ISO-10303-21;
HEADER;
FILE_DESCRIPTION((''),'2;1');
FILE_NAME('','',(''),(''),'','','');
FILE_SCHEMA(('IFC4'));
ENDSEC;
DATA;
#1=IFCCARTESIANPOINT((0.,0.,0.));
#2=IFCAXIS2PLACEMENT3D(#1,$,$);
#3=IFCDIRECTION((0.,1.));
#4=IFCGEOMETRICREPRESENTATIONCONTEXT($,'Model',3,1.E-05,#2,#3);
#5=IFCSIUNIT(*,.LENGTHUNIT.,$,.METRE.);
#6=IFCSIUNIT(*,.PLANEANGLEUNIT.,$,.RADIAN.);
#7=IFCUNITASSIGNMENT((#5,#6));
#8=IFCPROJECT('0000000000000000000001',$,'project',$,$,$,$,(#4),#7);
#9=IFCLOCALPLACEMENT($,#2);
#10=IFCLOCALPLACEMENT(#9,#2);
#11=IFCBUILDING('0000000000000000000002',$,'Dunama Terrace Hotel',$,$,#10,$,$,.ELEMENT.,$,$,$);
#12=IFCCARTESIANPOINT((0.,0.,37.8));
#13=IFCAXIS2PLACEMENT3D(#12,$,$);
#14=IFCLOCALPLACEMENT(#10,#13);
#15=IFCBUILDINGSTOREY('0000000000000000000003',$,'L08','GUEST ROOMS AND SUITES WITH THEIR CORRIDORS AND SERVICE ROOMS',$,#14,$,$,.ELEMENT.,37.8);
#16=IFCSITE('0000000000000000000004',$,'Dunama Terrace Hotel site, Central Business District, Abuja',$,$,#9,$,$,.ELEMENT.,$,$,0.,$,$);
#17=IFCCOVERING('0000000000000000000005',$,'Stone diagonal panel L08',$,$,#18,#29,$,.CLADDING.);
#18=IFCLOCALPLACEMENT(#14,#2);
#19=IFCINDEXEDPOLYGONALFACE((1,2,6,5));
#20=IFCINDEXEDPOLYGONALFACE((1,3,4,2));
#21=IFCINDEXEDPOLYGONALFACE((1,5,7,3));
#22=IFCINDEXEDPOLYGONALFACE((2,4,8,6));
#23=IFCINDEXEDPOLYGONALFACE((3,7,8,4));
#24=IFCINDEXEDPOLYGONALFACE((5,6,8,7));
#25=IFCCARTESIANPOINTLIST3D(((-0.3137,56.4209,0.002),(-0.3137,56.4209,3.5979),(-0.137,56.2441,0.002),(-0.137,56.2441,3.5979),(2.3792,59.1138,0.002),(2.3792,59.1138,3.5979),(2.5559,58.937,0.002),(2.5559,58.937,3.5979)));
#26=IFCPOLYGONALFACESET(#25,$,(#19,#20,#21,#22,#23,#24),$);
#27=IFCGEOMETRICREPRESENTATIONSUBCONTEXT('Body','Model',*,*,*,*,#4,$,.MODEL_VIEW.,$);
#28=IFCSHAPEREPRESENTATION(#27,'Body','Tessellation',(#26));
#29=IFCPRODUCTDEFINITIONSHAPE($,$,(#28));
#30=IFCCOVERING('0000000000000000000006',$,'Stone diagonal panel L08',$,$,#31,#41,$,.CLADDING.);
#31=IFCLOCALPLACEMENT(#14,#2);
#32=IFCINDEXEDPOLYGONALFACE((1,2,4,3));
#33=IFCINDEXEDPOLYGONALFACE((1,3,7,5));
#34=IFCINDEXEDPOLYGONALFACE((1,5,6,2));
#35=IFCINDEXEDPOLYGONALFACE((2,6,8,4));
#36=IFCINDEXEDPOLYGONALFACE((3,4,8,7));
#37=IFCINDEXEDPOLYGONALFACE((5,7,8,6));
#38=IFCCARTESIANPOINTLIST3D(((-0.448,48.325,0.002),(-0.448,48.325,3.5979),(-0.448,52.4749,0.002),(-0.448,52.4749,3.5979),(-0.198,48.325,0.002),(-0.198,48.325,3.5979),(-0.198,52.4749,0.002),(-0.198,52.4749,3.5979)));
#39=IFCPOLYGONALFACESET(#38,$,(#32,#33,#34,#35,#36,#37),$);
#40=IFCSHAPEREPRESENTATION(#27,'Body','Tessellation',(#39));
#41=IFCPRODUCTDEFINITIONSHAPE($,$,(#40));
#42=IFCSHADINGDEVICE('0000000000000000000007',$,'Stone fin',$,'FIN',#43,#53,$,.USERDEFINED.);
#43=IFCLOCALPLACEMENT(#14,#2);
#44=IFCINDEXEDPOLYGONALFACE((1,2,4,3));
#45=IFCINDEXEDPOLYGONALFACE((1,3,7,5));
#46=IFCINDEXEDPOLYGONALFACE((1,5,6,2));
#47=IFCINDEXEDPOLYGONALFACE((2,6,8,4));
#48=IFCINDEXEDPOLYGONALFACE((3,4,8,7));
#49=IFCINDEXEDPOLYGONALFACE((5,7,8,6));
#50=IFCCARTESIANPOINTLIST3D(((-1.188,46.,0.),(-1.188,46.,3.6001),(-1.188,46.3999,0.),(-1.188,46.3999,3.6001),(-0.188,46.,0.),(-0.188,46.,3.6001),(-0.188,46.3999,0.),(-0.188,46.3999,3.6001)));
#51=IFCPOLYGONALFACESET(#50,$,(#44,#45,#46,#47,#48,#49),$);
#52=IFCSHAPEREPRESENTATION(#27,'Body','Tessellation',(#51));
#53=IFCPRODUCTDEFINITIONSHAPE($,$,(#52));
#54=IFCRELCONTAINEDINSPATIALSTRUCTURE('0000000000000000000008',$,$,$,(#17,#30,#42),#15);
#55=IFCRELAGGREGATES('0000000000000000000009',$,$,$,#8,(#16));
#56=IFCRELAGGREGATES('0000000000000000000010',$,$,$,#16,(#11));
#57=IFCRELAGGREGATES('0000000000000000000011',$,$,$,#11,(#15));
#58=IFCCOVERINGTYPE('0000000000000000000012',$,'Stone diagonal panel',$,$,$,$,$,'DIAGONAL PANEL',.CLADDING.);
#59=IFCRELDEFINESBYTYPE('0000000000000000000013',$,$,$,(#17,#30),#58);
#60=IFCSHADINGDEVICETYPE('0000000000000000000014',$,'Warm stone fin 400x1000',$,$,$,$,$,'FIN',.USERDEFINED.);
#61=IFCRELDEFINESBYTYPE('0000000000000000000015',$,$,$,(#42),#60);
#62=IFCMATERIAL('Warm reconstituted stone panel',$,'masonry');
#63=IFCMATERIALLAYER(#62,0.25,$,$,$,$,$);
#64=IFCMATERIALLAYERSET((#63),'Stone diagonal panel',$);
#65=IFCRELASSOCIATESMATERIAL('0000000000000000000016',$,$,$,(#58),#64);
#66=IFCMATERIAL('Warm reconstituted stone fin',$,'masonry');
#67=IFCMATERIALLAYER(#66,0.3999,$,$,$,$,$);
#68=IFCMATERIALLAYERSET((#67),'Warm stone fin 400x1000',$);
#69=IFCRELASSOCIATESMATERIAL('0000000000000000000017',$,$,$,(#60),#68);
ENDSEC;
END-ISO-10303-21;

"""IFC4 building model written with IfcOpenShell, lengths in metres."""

from ifc_helpers import new_model, si_unit, direction, frame, origin, origin_2d, place, context, subcontext, project, spatial, rectangle, extrude, material, layer, layer_set, type_object, element, save


model = new_model("IFC4")

# Units and contexts
model_context = context("Model", 3, precision=1e-05, world=origin(), true_north=direction((0.0, 1.0)))
body_context = subcontext(model_context, "Body", "Model", "MODEL_VIEW")
ifc_project = project(units=[si_unit("LENGTHUNIT", "METRE"), si_unit("PLANEANGLEUNIT", "RADIAN")], contexts=[model_context])

# Site, building, storey
site_placement = place(None, origin())
site = spatial("IfcSite", under=ifc_project, at=site_placement, Name="Dunama Terrace Hotel site, Central Business District, Abuja", CompositionType="ELEMENT", RefElevation=0.0)
building_placement = place(site_placement, origin())
building = spatial("IfcBuilding", under=site, at=building_placement, Name="Dunama Terrace Hotel", CompositionType="ELEMENT")
storey_placement = place(building_placement, frame((0.0, 0.0, 37.8)))
storey = spatial("IfcBuildingStorey", under=building, at=storey_placement, Name="L08", Description="GUEST ROOMS AND SUITES WITH THEIR CORRIDORS AND SERVICE ROOMS", CompositionType="ELEMENT", Elevation=37.8)

# Coverings
ifc_material_1 = material(Name="Warm reconstituted stone panel", Category="masonry")
ifc_layer_1 = layer(ifc_material_1, 0.25)
ifc_layer_set_1 = layer_set([ifc_layer_1], Name="Stone diagonal panel")
covering_type = type_object("IfcCoveringType", Name="Stone diagonal panel", ElementType="DIAGONAL PANEL", PredefinedType="CLADDING", material=ifc_layer_set_1)
covering_1_placement = place(storey_placement, frame((1.1211, 57.679, 0.002), z_axis=(0.0, 0.0, 1.0), x_axis=(-0.707107, -0.707107, 0.0)))
element("IfcCovering", 1, at=covering_1_placement, inside=storey, type_object=covering_type, Name="Stone diagonal panel L08", PredefinedType="CLADDING", context=body_context, shape_type="SweptSolid", body=[
    extrude(rectangle(XDim=3.8083, YDim=0.25, at=origin_2d()), origin(), (0.0, 0.0, 1.0), 3.5959),
])
covering_2_placement = place(storey_placement, frame((-0.323, 50.3999, 0.002), z_axis=(0.0, 0.0, 1.0), x_axis=(0.0, -1.0, 0.0)))
element("IfcCovering", 2, at=covering_2_placement, inside=storey, type_object=covering_type, Name="Stone diagonal panel L08", PredefinedType="CLADDING", context=body_context, shape_type="SweptSolid", body=[
    extrude(rectangle(XDim=4.1499, YDim=0.25, at=origin_2d()), origin(), (0.0, 0.0, 1.0), 3.5959),
])

# Shading device
ifc_material_2 = material(Name="Warm reconstituted stone fin", Category="masonry")
ifc_layer_2 = layer(ifc_material_2, 0.3999)
ifc_layer_set_2 = layer_set([ifc_layer_2], Name="Warm stone fin 400x1000")
shading_device_type = type_object("IfcShadingDeviceType", Name="Warm stone fin 400x1000", ElementType="FIN", PredefinedType="USERDEFINED", material=ifc_layer_set_2)
shading_device_placement = place(storey_placement, frame((-0.688, 46.2, 0.0), z_axis=(0.0, 0.0, 1.0), x_axis=(0.0, -1.0, 0.0)))
element("IfcShadingDevice", 3, at=shading_device_placement, inside=storey, type_object=shading_device_type, Name="Stone fin", ObjectType="FIN", PredefinedType="USERDEFINED", context=body_context, shape_type="SweptSolid", body=[
    extrude(rectangle(XDim=0.3999, YDim=1.0, at=origin_2d()), origin(), (0.0, 0.0, 1.0), 3.6001),
])

save(model, "model.ifc")
